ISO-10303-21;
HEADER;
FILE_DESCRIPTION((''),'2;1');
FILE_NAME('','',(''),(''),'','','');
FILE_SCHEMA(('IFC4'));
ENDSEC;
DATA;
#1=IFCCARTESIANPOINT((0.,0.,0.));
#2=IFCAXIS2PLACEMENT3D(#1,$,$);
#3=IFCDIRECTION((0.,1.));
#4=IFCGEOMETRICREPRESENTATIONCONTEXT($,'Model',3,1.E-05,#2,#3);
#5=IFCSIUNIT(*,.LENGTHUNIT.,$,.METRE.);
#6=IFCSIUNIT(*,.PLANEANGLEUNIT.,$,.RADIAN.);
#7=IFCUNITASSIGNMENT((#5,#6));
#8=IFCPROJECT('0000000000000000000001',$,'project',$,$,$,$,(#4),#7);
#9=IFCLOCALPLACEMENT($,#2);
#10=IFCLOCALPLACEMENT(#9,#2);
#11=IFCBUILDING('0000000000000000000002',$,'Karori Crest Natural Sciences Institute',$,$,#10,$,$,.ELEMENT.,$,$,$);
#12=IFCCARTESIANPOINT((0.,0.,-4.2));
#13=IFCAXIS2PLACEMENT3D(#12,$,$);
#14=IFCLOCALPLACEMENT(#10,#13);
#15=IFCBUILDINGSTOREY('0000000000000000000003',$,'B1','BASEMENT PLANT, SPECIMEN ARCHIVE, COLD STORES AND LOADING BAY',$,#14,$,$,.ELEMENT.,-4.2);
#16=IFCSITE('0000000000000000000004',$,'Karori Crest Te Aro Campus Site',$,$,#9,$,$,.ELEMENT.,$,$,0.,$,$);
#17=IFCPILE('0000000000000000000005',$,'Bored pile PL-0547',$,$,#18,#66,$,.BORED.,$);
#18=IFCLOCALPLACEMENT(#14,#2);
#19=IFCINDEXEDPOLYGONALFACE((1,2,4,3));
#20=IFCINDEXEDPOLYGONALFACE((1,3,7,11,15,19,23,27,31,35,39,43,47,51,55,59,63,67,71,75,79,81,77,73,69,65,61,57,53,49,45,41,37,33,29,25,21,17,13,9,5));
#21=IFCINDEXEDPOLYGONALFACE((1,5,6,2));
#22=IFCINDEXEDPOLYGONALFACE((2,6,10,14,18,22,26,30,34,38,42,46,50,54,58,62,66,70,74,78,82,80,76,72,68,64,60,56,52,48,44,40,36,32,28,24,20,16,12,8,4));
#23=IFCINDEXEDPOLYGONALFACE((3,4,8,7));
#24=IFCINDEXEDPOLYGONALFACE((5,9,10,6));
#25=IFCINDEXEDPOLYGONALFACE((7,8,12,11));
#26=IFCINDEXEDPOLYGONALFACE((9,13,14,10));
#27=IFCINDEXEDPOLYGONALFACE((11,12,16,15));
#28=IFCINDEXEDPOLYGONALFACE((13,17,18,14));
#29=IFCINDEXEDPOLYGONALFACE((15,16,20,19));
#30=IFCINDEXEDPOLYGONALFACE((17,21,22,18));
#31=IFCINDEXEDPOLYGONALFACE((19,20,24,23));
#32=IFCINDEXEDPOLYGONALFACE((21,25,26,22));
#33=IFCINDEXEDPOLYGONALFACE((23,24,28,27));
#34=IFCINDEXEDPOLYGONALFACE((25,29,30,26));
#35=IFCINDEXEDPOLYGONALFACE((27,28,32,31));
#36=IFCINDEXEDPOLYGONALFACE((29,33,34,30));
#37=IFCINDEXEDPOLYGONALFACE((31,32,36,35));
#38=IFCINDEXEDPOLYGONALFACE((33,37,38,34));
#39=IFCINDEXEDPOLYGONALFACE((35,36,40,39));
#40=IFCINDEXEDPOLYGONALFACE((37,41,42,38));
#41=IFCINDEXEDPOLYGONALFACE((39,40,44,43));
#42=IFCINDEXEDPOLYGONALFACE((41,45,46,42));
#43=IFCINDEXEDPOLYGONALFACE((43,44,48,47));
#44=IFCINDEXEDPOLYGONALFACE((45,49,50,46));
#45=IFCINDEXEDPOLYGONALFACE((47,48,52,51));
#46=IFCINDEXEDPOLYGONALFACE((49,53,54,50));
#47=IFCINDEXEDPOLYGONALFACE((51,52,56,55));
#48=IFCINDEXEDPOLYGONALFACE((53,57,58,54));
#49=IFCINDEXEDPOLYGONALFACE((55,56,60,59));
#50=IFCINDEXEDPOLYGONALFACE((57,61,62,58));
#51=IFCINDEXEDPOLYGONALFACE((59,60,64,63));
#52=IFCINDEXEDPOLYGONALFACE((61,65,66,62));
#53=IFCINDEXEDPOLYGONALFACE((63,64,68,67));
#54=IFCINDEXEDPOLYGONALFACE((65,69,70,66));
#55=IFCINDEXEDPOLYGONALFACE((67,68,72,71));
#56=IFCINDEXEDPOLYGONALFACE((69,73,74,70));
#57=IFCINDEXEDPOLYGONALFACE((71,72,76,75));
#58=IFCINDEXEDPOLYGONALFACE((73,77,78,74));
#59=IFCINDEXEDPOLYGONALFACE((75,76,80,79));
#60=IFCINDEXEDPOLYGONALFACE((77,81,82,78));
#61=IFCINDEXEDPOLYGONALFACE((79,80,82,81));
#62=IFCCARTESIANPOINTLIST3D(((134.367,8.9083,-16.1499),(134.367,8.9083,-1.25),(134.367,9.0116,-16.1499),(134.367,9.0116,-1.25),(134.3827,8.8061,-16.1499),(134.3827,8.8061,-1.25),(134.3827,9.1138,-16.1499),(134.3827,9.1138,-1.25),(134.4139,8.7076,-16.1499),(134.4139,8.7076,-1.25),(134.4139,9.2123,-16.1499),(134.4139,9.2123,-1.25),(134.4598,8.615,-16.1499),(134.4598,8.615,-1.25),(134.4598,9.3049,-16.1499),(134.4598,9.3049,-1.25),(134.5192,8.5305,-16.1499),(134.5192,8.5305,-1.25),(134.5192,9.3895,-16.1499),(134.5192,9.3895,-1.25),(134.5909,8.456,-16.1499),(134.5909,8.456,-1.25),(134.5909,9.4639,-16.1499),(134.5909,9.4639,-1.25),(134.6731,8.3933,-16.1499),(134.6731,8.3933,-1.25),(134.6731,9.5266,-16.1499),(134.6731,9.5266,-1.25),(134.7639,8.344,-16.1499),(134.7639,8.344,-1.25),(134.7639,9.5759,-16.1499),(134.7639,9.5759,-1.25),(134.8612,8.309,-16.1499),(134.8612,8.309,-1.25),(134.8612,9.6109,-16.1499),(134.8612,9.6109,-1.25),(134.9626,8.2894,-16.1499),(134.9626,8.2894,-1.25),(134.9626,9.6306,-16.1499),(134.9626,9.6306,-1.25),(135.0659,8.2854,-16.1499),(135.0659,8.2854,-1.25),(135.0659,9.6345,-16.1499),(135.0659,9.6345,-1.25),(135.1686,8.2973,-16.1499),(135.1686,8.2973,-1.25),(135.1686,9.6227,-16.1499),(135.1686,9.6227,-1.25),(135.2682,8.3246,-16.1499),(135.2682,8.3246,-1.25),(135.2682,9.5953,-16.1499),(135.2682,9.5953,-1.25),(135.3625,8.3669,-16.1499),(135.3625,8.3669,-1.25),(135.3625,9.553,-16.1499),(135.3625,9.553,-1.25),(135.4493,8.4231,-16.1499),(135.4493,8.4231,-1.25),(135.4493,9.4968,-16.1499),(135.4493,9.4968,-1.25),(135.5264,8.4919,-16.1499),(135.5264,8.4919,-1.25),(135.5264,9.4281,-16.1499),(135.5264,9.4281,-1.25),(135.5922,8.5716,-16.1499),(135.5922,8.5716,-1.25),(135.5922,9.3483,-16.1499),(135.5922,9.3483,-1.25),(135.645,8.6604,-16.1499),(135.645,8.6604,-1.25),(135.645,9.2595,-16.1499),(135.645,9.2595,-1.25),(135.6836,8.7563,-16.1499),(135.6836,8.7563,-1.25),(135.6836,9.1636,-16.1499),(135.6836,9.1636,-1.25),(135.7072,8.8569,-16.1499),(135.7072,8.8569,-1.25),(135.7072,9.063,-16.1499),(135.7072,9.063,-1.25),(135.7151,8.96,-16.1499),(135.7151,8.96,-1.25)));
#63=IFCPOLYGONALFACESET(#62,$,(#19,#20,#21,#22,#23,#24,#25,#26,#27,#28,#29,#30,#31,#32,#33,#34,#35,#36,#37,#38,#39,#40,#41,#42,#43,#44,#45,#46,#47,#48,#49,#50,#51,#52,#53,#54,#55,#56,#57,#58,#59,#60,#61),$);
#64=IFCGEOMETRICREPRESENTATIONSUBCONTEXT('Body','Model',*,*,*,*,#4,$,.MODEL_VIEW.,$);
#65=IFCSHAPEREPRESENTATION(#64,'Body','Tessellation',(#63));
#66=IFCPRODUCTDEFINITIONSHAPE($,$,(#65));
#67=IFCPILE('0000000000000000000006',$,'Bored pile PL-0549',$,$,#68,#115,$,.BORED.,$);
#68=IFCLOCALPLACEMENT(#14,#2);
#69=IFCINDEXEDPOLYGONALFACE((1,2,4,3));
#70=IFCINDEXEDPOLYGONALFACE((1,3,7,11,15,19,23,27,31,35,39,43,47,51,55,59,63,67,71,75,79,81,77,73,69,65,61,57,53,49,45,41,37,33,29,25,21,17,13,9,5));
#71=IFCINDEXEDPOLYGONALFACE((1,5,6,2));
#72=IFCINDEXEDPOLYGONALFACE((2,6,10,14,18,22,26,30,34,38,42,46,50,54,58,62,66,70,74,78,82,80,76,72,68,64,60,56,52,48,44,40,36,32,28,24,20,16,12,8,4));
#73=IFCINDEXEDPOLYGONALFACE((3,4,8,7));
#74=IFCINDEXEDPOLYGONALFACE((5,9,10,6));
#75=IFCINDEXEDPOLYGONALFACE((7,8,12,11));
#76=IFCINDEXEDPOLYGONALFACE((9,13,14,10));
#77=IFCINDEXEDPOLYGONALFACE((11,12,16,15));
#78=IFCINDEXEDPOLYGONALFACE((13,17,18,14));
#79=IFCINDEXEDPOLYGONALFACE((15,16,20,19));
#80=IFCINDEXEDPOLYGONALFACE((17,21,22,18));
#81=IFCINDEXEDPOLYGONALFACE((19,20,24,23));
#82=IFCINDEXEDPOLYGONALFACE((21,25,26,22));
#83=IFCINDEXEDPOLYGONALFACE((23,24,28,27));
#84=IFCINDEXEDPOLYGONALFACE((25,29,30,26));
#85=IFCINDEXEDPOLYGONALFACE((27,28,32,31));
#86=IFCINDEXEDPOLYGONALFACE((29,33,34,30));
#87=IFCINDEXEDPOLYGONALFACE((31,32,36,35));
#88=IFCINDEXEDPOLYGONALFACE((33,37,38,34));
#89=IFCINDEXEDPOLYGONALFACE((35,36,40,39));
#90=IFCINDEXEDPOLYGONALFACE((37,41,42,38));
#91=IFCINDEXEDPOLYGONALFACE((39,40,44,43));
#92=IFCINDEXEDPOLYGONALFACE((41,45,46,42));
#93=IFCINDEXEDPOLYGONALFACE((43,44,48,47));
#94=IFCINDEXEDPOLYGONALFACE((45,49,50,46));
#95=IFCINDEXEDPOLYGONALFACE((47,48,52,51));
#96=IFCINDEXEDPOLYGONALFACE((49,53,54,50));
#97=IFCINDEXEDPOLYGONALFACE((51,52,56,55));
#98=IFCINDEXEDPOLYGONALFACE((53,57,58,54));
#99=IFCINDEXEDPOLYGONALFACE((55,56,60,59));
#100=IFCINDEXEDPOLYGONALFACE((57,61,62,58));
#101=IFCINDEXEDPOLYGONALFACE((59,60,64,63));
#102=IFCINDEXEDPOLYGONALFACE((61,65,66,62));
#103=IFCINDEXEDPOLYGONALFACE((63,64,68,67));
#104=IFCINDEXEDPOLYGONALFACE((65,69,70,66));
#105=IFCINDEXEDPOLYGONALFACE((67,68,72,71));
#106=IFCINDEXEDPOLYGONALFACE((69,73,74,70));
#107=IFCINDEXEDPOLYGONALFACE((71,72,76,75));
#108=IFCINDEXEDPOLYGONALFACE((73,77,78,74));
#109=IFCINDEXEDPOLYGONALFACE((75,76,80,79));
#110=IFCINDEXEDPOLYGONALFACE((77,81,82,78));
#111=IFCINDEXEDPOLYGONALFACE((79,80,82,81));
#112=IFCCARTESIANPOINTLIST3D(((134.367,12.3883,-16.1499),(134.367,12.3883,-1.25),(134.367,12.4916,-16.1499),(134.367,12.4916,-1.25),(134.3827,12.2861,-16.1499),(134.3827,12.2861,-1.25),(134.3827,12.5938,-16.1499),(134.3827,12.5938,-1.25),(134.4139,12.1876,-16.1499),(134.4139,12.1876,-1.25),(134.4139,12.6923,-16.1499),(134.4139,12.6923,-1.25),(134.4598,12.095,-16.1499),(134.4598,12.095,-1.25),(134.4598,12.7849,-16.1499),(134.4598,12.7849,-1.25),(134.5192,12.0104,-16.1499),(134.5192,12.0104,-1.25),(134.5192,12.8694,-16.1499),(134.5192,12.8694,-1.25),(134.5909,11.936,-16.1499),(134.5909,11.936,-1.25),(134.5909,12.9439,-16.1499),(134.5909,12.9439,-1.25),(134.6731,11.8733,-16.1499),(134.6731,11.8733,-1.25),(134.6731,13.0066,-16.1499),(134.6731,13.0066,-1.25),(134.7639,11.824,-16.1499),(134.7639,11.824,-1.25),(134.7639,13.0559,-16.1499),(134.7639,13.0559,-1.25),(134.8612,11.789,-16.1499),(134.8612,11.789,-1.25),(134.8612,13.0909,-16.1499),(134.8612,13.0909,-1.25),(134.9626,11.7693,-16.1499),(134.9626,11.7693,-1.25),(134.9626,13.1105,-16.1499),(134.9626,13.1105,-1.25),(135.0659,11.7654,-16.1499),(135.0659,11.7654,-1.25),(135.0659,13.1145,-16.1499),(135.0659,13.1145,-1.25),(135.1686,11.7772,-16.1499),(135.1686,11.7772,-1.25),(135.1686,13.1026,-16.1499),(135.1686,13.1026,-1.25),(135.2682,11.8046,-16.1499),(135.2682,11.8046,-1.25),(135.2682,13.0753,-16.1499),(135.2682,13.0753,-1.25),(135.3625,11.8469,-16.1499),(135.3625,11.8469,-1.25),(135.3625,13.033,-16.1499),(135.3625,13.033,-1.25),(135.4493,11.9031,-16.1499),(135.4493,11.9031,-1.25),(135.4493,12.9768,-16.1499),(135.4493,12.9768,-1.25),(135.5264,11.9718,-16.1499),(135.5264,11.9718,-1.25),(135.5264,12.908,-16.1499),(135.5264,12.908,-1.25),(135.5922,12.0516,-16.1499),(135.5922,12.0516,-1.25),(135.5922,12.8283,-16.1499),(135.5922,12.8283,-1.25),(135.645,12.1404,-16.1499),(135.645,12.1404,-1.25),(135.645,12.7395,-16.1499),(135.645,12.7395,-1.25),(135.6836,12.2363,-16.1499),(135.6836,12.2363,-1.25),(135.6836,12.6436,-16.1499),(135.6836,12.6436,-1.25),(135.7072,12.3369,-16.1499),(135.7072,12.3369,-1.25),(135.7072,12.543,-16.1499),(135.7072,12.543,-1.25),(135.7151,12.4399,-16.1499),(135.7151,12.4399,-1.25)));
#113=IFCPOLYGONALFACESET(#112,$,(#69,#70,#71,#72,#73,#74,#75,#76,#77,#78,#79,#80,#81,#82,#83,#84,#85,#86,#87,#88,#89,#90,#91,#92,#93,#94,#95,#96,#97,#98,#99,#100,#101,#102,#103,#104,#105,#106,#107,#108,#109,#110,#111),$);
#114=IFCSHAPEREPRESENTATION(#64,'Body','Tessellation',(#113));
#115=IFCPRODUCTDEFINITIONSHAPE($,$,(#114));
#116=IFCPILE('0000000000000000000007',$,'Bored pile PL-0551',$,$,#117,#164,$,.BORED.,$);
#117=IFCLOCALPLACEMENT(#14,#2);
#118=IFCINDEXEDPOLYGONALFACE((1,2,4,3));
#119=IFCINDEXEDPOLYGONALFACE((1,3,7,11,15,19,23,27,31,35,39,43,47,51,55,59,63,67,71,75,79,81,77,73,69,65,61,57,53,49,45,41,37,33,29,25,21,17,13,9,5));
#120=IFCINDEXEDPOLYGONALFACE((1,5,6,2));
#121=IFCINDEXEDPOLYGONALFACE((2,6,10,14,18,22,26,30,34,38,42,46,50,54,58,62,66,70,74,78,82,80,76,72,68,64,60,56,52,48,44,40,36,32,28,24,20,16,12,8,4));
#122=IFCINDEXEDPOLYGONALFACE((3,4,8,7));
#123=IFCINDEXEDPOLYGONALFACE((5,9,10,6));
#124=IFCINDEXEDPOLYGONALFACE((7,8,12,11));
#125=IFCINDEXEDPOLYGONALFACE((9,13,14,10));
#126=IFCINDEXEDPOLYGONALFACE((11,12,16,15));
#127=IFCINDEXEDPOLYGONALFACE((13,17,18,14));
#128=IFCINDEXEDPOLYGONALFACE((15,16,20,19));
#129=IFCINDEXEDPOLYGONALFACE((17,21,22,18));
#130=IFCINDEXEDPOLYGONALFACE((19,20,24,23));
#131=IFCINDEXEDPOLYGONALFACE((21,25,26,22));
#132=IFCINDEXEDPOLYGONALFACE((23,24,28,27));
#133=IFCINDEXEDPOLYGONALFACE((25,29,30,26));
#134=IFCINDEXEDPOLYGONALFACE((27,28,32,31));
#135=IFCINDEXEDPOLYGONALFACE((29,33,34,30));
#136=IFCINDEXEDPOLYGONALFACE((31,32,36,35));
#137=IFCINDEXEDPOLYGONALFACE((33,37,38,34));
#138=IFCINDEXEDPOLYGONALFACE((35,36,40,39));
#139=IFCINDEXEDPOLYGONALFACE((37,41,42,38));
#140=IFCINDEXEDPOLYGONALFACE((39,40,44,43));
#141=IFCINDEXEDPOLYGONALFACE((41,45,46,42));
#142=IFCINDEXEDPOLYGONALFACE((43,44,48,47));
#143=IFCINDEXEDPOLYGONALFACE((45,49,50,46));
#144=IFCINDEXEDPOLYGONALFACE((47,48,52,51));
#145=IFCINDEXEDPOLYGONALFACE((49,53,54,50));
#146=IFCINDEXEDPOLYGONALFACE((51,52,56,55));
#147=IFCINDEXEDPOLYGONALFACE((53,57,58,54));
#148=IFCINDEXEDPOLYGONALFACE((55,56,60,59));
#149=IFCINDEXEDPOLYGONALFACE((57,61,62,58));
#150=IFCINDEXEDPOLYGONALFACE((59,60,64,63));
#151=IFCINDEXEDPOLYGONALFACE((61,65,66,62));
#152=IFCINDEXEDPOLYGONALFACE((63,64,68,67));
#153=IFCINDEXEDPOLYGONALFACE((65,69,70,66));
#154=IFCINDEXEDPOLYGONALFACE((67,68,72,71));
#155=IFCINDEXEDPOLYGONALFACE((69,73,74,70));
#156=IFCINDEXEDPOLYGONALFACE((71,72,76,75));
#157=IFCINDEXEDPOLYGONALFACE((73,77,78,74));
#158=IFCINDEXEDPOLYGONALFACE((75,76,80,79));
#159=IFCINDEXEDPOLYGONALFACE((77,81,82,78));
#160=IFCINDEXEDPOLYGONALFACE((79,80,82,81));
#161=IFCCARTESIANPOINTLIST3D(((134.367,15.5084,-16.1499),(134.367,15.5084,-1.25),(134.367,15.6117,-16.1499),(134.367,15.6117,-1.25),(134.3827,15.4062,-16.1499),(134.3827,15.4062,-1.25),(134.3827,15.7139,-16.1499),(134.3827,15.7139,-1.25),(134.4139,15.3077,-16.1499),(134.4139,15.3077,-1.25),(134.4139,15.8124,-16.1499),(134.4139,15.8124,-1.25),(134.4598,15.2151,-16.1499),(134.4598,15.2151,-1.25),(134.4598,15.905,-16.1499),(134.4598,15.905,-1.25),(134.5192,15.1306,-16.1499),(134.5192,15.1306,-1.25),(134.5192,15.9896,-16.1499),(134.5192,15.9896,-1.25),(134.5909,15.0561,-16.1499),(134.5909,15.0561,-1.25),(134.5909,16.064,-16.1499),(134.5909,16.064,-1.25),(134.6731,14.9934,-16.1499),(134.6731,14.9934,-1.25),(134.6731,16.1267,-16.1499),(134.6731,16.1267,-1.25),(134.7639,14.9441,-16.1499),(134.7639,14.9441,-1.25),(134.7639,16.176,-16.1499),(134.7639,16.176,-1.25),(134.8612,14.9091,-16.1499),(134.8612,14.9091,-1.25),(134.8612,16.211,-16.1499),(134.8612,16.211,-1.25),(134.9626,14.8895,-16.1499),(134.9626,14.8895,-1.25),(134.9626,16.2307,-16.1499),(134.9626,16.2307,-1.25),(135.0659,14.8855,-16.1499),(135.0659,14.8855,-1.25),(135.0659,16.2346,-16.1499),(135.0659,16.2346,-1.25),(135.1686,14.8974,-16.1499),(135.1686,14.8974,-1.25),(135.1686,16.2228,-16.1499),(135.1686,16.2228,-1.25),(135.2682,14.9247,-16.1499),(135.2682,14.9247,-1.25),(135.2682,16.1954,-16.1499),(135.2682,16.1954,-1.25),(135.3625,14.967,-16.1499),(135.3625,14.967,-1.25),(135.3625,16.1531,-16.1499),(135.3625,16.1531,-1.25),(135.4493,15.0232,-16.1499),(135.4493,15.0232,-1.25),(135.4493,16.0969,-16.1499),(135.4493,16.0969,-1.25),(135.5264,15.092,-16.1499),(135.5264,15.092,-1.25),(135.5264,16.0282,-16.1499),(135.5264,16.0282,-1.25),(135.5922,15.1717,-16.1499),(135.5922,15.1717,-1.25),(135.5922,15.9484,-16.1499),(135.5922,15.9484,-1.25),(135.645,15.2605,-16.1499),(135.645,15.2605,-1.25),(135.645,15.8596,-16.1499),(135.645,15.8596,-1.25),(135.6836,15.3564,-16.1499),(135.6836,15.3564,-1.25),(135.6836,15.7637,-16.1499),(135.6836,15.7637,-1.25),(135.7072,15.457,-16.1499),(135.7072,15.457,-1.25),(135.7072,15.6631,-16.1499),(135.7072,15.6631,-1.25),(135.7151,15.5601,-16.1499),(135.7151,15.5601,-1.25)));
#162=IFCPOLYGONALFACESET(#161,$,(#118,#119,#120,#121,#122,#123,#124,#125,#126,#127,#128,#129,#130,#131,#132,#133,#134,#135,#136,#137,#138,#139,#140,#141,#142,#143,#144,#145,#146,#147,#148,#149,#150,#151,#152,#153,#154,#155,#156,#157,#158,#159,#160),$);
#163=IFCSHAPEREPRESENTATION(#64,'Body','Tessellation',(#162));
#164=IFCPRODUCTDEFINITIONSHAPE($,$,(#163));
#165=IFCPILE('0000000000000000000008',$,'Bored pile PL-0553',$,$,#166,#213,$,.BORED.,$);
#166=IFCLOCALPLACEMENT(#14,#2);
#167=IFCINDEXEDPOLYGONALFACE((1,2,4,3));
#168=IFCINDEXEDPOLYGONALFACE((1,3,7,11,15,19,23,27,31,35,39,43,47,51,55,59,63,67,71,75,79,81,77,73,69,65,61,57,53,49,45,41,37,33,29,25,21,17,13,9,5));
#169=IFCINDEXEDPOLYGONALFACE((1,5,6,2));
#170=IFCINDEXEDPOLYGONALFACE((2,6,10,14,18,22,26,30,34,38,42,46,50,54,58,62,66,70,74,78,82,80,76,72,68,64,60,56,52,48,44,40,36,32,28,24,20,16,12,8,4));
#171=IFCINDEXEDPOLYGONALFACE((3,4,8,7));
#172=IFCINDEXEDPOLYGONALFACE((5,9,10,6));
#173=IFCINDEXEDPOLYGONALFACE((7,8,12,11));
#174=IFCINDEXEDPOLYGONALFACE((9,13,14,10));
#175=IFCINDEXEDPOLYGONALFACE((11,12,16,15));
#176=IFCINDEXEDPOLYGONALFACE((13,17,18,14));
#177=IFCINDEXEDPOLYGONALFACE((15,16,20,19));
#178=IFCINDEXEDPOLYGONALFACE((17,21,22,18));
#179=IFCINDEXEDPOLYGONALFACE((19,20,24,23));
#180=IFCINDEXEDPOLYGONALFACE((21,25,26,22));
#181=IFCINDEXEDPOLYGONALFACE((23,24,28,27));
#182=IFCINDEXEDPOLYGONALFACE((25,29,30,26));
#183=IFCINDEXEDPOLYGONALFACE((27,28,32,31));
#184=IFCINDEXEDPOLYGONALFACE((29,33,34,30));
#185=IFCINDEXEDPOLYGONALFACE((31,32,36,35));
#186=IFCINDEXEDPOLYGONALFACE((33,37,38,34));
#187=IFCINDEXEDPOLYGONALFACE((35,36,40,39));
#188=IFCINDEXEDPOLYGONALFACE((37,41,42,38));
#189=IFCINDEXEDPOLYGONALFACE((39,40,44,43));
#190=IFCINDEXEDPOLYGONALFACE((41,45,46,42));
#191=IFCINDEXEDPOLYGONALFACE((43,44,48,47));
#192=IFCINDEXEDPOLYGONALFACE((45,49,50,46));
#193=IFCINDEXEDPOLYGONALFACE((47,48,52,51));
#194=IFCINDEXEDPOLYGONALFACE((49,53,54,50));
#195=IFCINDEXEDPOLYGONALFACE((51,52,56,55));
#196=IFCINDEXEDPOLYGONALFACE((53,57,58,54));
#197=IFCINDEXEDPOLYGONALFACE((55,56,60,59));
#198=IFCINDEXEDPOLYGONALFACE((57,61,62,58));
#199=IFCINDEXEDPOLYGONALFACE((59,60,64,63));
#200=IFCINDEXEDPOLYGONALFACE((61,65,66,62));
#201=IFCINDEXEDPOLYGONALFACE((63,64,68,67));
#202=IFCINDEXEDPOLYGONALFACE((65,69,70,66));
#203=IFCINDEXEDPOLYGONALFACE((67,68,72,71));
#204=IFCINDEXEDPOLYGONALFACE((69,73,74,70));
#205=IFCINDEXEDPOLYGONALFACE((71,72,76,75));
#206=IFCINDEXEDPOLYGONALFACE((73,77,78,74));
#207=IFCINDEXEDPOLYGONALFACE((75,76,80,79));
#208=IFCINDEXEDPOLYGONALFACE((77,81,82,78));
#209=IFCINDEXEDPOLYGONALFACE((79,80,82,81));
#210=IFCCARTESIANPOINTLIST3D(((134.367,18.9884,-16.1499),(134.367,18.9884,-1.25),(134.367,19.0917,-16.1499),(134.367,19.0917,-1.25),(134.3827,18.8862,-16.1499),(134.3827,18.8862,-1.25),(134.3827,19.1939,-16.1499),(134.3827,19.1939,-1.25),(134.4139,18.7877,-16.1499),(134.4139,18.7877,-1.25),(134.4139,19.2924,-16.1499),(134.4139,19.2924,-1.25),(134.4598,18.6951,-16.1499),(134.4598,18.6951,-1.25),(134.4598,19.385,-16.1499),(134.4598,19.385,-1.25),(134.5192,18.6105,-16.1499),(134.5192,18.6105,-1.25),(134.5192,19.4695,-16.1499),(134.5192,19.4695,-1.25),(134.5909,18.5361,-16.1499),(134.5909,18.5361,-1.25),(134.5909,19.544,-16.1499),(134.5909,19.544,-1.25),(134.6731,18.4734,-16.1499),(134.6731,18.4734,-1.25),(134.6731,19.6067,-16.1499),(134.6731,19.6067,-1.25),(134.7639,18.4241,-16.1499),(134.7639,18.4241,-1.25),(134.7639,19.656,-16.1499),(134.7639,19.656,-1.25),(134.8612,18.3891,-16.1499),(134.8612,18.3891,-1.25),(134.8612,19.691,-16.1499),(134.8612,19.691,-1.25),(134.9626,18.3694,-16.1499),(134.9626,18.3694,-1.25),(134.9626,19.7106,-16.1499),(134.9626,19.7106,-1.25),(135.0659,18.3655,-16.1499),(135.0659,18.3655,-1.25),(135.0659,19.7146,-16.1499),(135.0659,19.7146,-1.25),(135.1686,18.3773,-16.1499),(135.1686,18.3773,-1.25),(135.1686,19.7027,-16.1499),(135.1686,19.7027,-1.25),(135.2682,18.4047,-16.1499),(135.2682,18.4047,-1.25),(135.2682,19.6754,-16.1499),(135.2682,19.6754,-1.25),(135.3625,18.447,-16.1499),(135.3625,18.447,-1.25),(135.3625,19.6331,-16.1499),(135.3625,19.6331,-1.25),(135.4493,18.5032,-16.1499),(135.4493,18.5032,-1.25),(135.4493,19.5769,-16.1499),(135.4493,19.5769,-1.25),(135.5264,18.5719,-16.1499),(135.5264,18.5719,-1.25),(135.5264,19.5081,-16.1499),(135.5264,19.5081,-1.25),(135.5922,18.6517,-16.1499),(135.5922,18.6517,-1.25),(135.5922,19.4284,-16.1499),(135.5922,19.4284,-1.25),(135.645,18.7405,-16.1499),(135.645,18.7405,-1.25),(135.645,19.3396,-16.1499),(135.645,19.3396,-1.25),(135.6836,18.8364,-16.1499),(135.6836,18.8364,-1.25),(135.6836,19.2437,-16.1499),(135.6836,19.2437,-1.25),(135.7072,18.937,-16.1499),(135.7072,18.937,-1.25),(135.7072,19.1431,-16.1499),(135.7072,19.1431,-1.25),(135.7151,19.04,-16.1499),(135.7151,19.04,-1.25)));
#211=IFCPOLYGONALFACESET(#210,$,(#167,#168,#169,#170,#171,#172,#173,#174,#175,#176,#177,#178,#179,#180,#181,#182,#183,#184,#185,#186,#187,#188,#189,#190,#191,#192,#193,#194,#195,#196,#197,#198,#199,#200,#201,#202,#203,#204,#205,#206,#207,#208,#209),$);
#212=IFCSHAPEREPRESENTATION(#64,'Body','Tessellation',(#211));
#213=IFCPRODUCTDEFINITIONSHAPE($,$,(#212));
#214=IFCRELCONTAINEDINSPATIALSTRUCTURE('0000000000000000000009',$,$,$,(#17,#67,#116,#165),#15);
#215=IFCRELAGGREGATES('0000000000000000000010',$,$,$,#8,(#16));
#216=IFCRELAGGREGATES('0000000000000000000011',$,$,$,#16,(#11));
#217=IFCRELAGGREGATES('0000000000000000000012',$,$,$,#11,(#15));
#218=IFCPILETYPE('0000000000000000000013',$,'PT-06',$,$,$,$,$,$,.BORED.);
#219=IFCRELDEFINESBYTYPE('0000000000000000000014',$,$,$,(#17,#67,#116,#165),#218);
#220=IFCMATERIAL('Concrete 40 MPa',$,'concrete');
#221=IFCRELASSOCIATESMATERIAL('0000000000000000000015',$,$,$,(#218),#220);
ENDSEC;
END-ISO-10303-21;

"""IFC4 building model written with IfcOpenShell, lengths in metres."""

from ifc_helpers import new_model, si_unit, direction, frame, origin, origin_2d, place, context, subcontext, project, spatial, circle, extrude, material, material_profile, profile_set, type_object, element, save


model = new_model("IFC4")

# Units and contexts
model_context = context("Model", 3, precision=1e-05, world=origin(), true_north=direction((0.0, 1.0)))
body_context = subcontext(model_context, "Body", "Model", "MODEL_VIEW")
ifc_project = project(units=[si_unit("LENGTHUNIT", "METRE"), si_unit("PLANEANGLEUNIT", "RADIAN")], contexts=[model_context])

# Site, building, storey
site_placement = place(None, origin())
site = spatial("IfcSite", under=ifc_project, at=site_placement, Name="Karori Crest Te Aro Campus Site", CompositionType="ELEMENT", RefElevation=0.0)
building_placement = place(site_placement, origin())
building = spatial("IfcBuilding", under=site, at=building_placement, Name="Karori Crest Natural Sciences Institute", CompositionType="ELEMENT")
storey_placement = place(building_placement, frame((0.0, 0.0, -4.2)))
storey = spatial("IfcBuildingStorey", under=building, at=storey_placement, Name="B1", Description="BASEMENT PLANT, SPECIMEN ARCHIVE, COLD STORES AND LOADING BAY", CompositionType="ELEMENT", Elevation=-4.2)

# Shared definitions
ifc_material_1 = material(Name="Concrete 40 MPa", Category="concrete")

# Piles
ifc_material_profile_1 = material_profile(ifc_material_1, circle(Radius=0.675, at=origin_2d()), Name="PILE1350")
ifc_profile_set_1 = profile_set([ifc_material_profile_1], Name="Concrete 40 MPa")
pile_type = type_object("IfcPileType", Name="PT-06", PredefinedType="BORED", material=ifc_profile_set_1)
for number, where, z_axis, x_axis, name in (
    (1, (135.04, 8.96, -1.25), (0.0, 0.0, -1.0), (1.0, 0.0, 0.0), "Bored pile PL-0547"),
    (2, (135.04, 12.4399, -1.25), (0.0, 0.0, -1.0), (1.0, 0.0, 0.0), "Bored pile PL-0549"),
    (3, (135.04, 15.5601, -1.25), (0.0, 0.0, -1.0), (1.0, 0.0, 0.0), "Bored pile PL-0551"),
    (4, (135.04, 19.04, -1.25), (0.0, 0.0, -1.0), (1.0, 0.0, 0.0), "Bored pile PL-0553"),
):
    element("IfcPile", number, at=place(storey_placement, frame(where, z_axis=z_axis, x_axis=x_axis)), inside=storey, type_object=pile_type, Name=name, PredefinedType="BORED", context=body_context, shape_type="SweptSolid", body=[
        extrude(circle(Radius=0.675, at=origin_2d()), origin(), (0.0, 0.0, 1.0), 14.8999),
    ])

save(model, "model.ifc")
